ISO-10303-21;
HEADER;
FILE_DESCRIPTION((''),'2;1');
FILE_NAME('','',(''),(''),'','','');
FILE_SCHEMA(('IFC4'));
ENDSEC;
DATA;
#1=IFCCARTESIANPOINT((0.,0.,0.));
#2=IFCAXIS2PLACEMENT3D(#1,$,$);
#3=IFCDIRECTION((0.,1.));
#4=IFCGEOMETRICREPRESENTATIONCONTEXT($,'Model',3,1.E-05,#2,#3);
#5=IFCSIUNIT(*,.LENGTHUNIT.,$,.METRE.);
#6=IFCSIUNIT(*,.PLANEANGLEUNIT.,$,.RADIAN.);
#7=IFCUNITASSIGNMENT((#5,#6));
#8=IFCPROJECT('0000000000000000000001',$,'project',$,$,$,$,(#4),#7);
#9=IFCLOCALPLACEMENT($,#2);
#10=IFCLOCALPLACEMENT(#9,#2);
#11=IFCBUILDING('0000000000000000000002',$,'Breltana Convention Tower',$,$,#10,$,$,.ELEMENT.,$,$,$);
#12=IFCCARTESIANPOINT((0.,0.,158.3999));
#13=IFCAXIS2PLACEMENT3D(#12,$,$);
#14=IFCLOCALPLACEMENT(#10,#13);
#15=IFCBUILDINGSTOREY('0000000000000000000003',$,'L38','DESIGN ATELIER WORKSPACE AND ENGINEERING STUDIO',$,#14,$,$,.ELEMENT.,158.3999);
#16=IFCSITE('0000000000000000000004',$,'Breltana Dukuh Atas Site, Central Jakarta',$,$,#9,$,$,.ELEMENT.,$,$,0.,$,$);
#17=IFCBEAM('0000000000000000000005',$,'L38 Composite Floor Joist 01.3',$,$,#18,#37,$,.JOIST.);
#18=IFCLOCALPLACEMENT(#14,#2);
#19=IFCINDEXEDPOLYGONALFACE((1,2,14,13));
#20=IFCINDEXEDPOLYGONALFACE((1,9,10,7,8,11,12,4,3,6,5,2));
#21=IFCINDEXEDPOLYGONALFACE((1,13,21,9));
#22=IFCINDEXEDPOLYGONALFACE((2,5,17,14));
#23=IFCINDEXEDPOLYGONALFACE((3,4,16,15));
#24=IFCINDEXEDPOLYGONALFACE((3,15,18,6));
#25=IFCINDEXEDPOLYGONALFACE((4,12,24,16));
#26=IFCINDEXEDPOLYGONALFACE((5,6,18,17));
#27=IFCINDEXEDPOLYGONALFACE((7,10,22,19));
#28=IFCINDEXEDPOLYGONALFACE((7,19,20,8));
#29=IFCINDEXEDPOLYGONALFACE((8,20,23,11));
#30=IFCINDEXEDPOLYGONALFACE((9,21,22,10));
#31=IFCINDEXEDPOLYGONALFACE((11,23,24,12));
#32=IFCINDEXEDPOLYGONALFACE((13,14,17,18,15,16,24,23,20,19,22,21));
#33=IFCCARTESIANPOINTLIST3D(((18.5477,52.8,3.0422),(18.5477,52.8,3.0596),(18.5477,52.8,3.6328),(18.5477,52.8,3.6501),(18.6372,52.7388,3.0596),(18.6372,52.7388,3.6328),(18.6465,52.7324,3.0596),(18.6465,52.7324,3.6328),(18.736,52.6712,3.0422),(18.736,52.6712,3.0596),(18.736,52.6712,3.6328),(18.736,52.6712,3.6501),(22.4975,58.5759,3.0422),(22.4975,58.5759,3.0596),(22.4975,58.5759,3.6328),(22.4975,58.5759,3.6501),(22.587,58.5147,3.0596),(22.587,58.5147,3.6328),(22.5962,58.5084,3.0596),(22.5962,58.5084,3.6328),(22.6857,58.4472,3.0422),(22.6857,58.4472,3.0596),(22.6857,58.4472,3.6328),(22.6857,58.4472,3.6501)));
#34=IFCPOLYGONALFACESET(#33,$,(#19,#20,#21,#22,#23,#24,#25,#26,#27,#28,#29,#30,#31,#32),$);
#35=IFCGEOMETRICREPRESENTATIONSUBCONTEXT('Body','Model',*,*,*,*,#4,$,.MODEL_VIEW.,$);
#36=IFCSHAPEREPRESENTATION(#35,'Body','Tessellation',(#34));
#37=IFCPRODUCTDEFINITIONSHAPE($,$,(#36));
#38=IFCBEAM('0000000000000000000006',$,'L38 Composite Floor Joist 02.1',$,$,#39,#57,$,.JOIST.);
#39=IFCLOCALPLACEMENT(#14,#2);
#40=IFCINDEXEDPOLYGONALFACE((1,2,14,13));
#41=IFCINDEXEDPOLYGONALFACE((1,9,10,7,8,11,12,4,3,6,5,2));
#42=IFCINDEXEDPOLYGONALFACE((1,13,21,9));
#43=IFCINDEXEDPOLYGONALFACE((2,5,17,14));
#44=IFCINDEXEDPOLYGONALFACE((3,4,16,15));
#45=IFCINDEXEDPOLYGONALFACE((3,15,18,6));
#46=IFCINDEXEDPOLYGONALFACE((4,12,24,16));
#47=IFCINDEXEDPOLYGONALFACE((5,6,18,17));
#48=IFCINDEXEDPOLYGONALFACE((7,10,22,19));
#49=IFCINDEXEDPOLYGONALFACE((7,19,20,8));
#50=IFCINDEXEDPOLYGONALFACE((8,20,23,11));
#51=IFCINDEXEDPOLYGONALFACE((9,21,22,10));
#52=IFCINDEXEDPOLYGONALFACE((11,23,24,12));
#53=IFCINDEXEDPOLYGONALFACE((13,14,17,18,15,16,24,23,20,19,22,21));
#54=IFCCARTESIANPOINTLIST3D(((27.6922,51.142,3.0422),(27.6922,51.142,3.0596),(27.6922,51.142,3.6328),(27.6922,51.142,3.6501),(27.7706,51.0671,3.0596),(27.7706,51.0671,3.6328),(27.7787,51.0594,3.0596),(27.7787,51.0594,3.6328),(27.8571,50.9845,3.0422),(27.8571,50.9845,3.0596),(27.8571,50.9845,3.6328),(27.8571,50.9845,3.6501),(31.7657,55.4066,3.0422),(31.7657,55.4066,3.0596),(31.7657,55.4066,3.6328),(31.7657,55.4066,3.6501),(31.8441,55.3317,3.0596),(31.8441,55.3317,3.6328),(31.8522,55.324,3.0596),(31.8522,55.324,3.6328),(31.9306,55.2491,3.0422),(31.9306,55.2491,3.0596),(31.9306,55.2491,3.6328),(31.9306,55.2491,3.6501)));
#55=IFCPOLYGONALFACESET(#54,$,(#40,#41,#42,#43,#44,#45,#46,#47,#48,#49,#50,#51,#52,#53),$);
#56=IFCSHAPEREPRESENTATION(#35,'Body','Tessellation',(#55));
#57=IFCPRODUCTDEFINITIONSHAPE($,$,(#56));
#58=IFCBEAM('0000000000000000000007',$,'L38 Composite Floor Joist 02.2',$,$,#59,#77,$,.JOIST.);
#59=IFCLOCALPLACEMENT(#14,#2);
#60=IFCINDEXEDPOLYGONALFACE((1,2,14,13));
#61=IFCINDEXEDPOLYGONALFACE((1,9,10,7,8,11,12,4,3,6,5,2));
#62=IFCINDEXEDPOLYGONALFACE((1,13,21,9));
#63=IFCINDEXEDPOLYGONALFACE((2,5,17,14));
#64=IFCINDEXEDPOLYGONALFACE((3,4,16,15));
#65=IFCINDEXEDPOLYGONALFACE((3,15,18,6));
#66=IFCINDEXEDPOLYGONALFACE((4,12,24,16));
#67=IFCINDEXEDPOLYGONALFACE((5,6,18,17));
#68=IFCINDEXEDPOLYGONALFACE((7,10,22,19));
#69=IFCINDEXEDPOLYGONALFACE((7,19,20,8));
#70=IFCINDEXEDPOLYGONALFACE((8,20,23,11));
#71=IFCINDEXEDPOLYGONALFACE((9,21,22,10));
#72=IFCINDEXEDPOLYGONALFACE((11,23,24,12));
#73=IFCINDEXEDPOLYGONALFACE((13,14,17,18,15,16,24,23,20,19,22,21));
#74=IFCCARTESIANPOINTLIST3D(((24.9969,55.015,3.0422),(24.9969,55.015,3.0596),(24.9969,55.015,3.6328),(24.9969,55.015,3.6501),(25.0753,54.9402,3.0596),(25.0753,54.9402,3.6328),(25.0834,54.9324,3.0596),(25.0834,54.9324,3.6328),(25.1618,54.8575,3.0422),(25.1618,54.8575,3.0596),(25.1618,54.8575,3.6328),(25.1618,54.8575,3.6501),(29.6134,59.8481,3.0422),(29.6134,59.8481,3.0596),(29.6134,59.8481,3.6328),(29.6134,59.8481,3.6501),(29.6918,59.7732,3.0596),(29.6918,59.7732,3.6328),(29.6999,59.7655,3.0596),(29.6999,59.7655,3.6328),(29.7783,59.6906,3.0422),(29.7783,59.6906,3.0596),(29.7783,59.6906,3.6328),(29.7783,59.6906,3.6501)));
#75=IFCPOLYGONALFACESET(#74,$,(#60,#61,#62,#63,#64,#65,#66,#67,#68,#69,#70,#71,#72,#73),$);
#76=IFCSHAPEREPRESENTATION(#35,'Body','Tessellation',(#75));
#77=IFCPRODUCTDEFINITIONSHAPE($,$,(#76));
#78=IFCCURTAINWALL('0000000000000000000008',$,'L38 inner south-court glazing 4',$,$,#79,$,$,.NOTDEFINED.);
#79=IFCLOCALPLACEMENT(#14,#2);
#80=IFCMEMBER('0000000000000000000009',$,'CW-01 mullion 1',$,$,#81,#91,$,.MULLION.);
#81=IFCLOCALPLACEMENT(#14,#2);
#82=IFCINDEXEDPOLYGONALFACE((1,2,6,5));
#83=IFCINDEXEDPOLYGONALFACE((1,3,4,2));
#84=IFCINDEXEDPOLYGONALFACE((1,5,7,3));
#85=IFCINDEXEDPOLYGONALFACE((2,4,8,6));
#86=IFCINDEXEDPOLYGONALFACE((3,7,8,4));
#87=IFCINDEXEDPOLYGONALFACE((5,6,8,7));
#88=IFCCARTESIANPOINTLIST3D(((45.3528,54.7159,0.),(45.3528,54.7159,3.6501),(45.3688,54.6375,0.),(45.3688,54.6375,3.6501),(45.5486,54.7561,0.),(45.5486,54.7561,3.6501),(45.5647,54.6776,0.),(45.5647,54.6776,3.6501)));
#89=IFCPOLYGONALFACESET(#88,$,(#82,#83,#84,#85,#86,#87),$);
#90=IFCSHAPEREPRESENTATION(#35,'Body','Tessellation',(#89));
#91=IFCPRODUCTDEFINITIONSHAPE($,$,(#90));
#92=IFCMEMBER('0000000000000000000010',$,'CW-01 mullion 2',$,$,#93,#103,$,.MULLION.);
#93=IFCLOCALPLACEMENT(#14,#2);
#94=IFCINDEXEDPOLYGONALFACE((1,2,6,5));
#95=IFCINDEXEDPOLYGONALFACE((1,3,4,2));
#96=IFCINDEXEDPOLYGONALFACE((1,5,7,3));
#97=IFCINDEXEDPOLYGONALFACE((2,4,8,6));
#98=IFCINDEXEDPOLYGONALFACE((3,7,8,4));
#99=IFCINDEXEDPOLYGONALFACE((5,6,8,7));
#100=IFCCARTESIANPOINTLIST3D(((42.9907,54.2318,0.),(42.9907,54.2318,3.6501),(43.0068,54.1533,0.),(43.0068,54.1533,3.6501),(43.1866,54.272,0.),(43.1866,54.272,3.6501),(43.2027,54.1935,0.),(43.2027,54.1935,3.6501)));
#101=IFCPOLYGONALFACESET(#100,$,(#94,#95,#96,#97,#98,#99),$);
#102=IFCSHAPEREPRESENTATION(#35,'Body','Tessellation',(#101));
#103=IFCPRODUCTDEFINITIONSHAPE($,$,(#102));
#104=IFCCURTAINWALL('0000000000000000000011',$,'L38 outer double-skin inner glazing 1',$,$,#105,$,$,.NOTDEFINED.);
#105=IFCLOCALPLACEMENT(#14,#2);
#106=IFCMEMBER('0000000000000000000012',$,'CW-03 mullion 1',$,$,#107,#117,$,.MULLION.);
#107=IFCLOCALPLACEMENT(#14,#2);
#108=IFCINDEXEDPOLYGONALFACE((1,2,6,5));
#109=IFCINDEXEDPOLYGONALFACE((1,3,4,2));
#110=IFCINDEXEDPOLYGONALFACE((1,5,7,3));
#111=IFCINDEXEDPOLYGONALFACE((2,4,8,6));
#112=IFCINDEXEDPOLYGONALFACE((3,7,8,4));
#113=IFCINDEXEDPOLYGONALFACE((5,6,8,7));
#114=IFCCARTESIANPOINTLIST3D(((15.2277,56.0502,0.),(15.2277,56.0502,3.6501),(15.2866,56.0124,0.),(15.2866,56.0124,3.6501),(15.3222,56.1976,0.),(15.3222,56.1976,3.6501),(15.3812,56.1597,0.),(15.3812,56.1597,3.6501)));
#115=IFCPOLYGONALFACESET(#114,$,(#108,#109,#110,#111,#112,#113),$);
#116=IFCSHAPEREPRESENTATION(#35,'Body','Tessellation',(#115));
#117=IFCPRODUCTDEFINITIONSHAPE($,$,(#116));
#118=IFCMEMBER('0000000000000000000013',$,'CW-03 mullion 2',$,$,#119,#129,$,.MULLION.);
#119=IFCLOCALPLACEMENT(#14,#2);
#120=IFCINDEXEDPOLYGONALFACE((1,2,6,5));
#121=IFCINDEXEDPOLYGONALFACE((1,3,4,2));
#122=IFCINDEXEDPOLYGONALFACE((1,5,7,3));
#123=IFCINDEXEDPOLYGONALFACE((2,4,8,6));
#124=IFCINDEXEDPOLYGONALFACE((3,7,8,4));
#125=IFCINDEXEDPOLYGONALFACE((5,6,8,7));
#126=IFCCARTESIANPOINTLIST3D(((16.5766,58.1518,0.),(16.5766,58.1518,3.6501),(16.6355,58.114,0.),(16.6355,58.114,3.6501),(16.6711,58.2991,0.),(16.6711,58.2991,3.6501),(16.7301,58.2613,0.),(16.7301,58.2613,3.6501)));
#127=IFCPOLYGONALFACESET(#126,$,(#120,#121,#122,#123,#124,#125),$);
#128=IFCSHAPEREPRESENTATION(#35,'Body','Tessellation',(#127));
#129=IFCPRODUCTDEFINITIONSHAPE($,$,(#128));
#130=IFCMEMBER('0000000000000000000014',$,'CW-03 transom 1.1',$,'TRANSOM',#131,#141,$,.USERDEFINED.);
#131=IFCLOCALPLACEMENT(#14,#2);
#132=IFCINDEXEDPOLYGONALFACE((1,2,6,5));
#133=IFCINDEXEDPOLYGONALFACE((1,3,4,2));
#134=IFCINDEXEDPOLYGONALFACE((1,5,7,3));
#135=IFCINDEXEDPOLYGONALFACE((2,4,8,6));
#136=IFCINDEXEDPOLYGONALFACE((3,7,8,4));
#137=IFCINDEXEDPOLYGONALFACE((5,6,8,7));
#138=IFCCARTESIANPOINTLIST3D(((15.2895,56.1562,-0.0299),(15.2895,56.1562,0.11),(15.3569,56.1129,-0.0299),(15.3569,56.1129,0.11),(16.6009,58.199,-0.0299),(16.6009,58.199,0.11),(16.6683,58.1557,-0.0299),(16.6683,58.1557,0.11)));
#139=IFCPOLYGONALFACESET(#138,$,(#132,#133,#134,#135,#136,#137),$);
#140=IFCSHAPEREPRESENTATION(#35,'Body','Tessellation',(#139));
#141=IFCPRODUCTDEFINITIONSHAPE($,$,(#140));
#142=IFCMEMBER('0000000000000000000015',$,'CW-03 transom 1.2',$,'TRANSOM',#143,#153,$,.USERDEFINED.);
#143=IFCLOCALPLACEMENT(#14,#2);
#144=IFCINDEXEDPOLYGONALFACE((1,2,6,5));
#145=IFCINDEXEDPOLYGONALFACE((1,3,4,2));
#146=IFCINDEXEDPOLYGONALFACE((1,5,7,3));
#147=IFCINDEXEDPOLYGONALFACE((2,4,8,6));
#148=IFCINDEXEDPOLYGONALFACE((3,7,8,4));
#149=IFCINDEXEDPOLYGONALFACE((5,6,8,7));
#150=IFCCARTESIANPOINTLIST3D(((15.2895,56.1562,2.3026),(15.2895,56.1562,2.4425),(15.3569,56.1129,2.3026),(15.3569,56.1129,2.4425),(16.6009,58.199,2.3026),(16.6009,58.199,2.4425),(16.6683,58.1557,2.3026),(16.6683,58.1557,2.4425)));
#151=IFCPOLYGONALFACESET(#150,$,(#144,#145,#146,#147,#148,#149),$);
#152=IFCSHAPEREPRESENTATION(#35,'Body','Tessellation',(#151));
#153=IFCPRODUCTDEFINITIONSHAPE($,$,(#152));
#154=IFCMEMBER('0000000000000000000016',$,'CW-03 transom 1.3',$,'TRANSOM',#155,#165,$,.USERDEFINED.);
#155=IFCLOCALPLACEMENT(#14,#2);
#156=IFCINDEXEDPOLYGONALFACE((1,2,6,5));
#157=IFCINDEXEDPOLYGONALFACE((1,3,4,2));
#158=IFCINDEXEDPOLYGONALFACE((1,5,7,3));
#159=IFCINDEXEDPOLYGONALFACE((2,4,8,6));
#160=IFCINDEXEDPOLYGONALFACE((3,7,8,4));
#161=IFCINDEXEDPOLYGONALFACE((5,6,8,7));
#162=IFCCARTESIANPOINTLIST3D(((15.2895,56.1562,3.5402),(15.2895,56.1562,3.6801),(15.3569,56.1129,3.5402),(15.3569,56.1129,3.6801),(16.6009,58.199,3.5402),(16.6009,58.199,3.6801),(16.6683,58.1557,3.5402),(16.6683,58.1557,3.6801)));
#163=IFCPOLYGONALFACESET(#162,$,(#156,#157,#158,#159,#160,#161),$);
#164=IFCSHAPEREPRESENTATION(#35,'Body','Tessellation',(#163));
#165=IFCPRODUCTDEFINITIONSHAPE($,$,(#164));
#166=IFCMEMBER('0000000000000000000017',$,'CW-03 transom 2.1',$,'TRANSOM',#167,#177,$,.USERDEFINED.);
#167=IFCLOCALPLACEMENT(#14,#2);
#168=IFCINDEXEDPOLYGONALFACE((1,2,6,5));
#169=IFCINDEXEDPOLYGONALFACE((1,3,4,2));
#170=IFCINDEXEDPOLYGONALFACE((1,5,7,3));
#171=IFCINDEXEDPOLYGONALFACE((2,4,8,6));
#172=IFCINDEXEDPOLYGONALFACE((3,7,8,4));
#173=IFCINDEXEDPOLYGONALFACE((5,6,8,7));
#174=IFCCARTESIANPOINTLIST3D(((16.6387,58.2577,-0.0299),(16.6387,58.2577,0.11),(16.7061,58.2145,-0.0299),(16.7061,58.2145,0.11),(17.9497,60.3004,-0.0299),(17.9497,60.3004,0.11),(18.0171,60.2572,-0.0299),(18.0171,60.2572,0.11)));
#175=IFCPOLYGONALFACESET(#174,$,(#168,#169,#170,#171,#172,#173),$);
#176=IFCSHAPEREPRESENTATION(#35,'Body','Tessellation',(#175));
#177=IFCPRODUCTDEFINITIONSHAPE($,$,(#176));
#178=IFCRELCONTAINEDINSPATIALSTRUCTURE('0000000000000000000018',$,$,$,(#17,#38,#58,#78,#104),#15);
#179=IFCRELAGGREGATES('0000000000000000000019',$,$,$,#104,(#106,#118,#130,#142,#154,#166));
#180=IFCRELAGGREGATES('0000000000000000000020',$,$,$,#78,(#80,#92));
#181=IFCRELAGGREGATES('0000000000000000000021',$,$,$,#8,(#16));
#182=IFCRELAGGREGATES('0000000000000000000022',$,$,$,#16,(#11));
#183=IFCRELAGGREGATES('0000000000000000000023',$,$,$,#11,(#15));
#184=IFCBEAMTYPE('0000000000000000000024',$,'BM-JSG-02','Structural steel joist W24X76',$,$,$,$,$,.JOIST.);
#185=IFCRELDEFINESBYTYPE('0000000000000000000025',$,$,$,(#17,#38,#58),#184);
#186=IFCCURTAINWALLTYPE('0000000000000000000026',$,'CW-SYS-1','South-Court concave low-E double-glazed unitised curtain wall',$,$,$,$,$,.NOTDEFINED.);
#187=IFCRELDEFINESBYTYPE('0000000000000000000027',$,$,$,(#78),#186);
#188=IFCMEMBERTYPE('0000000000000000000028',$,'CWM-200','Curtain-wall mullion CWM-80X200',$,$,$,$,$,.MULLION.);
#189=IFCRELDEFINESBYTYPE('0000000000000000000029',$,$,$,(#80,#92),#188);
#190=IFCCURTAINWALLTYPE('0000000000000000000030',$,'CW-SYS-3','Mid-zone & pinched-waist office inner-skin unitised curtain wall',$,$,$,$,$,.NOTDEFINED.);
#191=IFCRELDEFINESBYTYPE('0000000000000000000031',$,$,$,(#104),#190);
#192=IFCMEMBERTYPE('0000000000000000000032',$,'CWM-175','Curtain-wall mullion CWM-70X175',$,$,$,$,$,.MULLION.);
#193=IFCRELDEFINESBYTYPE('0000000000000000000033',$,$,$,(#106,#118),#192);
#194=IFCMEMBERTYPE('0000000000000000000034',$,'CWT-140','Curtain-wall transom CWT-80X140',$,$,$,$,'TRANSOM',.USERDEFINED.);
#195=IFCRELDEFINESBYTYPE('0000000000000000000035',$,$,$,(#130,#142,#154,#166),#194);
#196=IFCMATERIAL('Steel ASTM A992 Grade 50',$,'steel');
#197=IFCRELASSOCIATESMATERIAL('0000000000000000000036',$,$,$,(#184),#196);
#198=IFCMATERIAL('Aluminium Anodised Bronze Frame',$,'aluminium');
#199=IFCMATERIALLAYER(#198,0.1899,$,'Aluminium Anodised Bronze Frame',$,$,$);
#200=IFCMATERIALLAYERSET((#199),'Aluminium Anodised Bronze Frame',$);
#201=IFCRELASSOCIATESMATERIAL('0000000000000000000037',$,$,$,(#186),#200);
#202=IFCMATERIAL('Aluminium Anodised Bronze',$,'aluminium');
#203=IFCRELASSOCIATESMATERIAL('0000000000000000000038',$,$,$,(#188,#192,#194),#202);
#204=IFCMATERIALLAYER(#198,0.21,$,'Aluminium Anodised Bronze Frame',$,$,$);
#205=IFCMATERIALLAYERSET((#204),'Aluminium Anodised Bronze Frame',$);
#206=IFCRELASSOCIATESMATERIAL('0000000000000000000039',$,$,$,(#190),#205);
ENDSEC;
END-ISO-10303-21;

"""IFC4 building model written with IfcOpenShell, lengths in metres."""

from ifc_helpers import new_model, si_unit, direction, frame, origin, origin_2d, place, context, subcontext, project, spatial, rectangle, i_section, extrude, source, transform, mapped, material, layer, layer_set, material_profile, profile_set, type_object, element, aggregate, save


model = new_model("IFC4")

# Units and contexts
model_context = context("Model", 3, precision=1e-05, world=origin(), true_north=direction((0.0, 1.0)))
body_context = subcontext(model_context, "Body", "Model", "MODEL_VIEW")
ifc_project = project(units=[si_unit("LENGTHUNIT", "METRE"), si_unit("PLANEANGLEUNIT", "RADIAN")], contexts=[model_context])

# Site, building, storey
site_placement = place(None, origin())
site = spatial("IfcSite", under=ifc_project, at=site_placement, Name="Breltana Dukuh Atas Site, Central Jakarta", CompositionType="ELEMENT", RefElevation=0.0)
building_placement = place(site_placement, origin())
building = spatial("IfcBuilding", under=site, at=building_placement, Name="Breltana Convention Tower", CompositionType="ELEMENT")
storey_placement = place(building_placement, frame((0.0, 0.0, 158.3999)))
storey = spatial("IfcBuildingStorey", under=building, at=storey_placement, Name="L38", Description="DESIGN ATELIER WORKSPACE AND ENGINEERING STUDIO", CompositionType="ELEMENT", Elevation=158.3999)

# Beams
ifc_material_1 = material(Name="Steel ASTM A992 Grade 50", Category="steel")
ifc_material_profile_1 = material_profile(ifc_material_1, i_section(OverallWidth=0.228, OverallDepth=0.6079, WebThickness=0.0112, FlangeThickness=0.0173, at=origin_2d()), Name="W24X76")
ifc_profile_set_1 = profile_set([ifc_material_profile_1], Name="Steel ASTM A992 Grade 50")
beam_type_1 = type_object("IfcBeamType", Name="BM-JSG-02", Description="Structural steel joist W24X76", PredefinedType="JOIST", material=ifc_profile_set_1)
shared_shape_1 = source(origin(), body_context, "Body", "SweptSolid", [
    extrude(i_section(OverallWidth=0.228, OverallDepth=0.6079, WebThickness=0.0112, FlangeThickness=0.0173, at=origin_2d()), origin(), (0.0, 0.0, 1.0), 6.9973),
])
beam_1_placement = place(storey_placement, frame((18.6418, 52.7356, 3.3462), z_axis=(0.564469, 0.825454, 0.0), x_axis=(-0.825454, 0.564469, 0.0)))
element("IfcBeam", 1, at=beam_1_placement, inside=storey, type_object=beam_type_1, Name="L38 Composite Floor Joist 01.3", PredefinedType="JOIST", context=body_context, shape_type="MappedRepresentation", body=[
    mapped(shared_shape_1, transform((0.0, 0.0, 0.0), scale=1.0)),
])
shared_shape_2 = source(origin(), body_context, "Body", "SweptSolid", [
    extrude(i_section(OverallWidth=0.228, OverallDepth=0.6079, WebThickness=0.0112, FlangeThickness=0.0173, at=origin_2d()), origin(), (0.0, 0.0, 1.0), 5.8975),
])
beam_2_placement = place(storey_placement, frame((27.7747, 51.0632, 3.3462), z_axis=(0.690714, 0.723128, 0.0), x_axis=(-0.723128, 0.690714, 0.0)))
element("IfcBeam", 2, at=beam_2_placement, inside=storey, type_object=beam_type_1, Name="L38 Composite Floor Joist 02.1", PredefinedType="JOIST", context=body_context, shape_type="MappedRepresentation", body=[
    mapped(shared_shape_2, transform((0.0, 0.0, 0.0), scale=1.0)),
])
shared_shape_3 = source(origin(), body_context, "Body", "SweptSolid", [
    extrude(i_section(OverallWidth=0.228, OverallDepth=0.6079, WebThickness=0.0112, FlangeThickness=0.0173, at=origin_2d()), origin(), (0.0, 0.0, 1.0), 6.6836),
])
beam_3_placement = place(storey_placement, frame((25.0793, 54.9363, 3.3462), z_axis=(0.690721, 0.723122, 0.0), x_axis=(-0.723122, 0.690721, 0.0)))
element("IfcBeam", 3, at=beam_3_placement, inside=storey, type_object=beam_type_1, Name="L38 Composite Floor Joist 02.2", PredefinedType="JOIST", context=body_context, shape_type="MappedRepresentation", body=[
    mapped(shared_shape_3, transform((0.0, 0.0, 0.0), scale=1.0)),
])

# Curtain walls, members
ifc_material_2 = material(Name="Aluminium Anodised Bronze Frame", Category="aluminium")
ifc_layer_1 = layer(ifc_material_2, 0.1899, Name="Aluminium Anodised Bronze Frame")
ifc_layer_set_1 = layer_set([ifc_layer_1], Name="Aluminium Anodised Bronze Frame")
curtain_wall_type_1 = type_object("IfcCurtainWallType", Name="CW-SYS-1", Description="South-Court concave low-E double-glazed unitised curtain wall", PredefinedType="NOTDEFINED", material=ifc_layer_set_1)
curtain_wall_1_placement = place(storey_placement, origin())
curtain_wall_1 = element("IfcCurtainWall", 4, at=curtain_wall_1_placement, inside=storey, type_object=curtain_wall_type_1, Name="L38 inner south-court glazing 4", PredefinedType="NOTDEFINED")
ifc_material_3 = material(Name="Aluminium Anodised Bronze", Category="aluminium")
ifc_material_profile_2 = material_profile(ifc_material_3, rectangle(XDim=0.0801, YDim=0.2, at=origin_2d()), Name="CWM-80X200")
ifc_profile_set_2 = profile_set([ifc_material_profile_2], Name="Aluminium Anodised Bronze")
member_type_1 = type_object("IfcMemberType", Name="CWM-200", Description="Curtain-wall mullion CWM-80X200", PredefinedType="MULLION", material=ifc_profile_set_2)
shared_shape_4 = source(origin(), body_context, "Body", "SweptSolid", [
    extrude(rectangle(XDim=0.0801, YDim=0.2, at=origin_2d()), origin(), (0.0, 0.0, 1.0), 3.6501),
])
member_1_placement = place(storey_placement, frame((45.4587, 54.6968, 0.0), z_axis=(0.0, 0.0, 1.0), x_axis=(0.200861, -0.97962, 0.0)))
member_1 = element("IfcMember", 5, at=member_1_placement, type_object=member_type_1, Name="CW-01 mullion 1", PredefinedType="MULLION", context=body_context, shape_type="MappedRepresentation", body=[
    mapped(shared_shape_4, transform((0.0, 0.0, 0.0), scale=1.0)),
])
member_2_placement = place(storey_placement, frame((43.0967, 54.2126, 0.0), z_axis=(0.0, 0.0, 1.0), x_axis=(0.200861, -0.97962, 0.0)))
member_2 = element("IfcMember", 6, at=member_2_placement, type_object=member_type_1, Name="CW-01 mullion 2", PredefinedType="MULLION", context=body_context, shape_type="MappedRepresentation", body=[
    mapped(shared_shape_4, transform((0.0, 0.0, 0.0), scale=1.0)),
])
ifc_layer_2 = layer(ifc_material_2, 0.21, Name="Aluminium Anodised Bronze Frame")
ifc_layer_set_2 = layer_set([ifc_layer_2], Name="Aluminium Anodised Bronze Frame")
curtain_wall_type_2 = type_object("IfcCurtainWallType", Name="CW-SYS-3", Description="Mid-zone & pinched-waist office inner-skin unitised curtain wall", PredefinedType="NOTDEFINED", material=ifc_layer_set_2)
curtain_wall_2_placement = place(storey_placement, origin())
curtain_wall_2 = element("IfcCurtainWall", 7, at=curtain_wall_2_placement, inside=storey, type_object=curtain_wall_type_2, Name="L38 outer double-skin inner glazing 1", PredefinedType="NOTDEFINED")
ifc_material_profile_3 = material_profile(ifc_material_3, rectangle(XDim=0.0701, YDim=0.175, at=origin_2d()), Name="CWM-70X175")
ifc_profile_set_3 = profile_set([ifc_material_profile_3], Name="Aluminium Anodised Bronze")
member_type_2 = type_object("IfcMemberType", Name="CWM-175", Description="Curtain-wall mullion CWM-70X175", PredefinedType="MULLION", material=ifc_profile_set_3)
shared_shape_5 = source(origin(), body_context, "Body", "SweptSolid", [
    extrude(rectangle(XDim=0.0701, YDim=0.175, at=origin_2d()), origin(), (0.0, 0.0, 1.0), 3.6501),
])
member_3_placement = place(storey_placement, frame((15.3044, 56.105, 0.0), z_axis=(0.0, 0.0, 1.0), x_axis=(-0.841554, 0.540173, 0.0)))
member_3 = element("IfcMember", 8, at=member_3_placement, type_object=member_type_2, Name="CW-03 mullion 1", PredefinedType="MULLION", context=body_context, shape_type="MappedRepresentation", body=[
    mapped(shared_shape_5, transform((0.0, 0.0, 0.0), scale=1.0)),
])
member_4_placement = place(storey_placement, frame((16.6533, 58.2065, 0.0), z_axis=(0.0, 0.0, 1.0), x_axis=(-0.841554, 0.540173, 0.0)))
member_4 = element("IfcMember", 9, at=member_4_placement, type_object=member_type_2, Name="CW-03 mullion 2", PredefinedType="MULLION", context=body_context, shape_type="MappedRepresentation", body=[
    mapped(shared_shape_5, transform((0.0, 0.0, 0.0), scale=1.0)),
])
ifc_material_profile_4 = material_profile(ifc_material_3, rectangle(XDim=0.0801, YDim=0.1399, at=origin_2d()), Name="CWT-80X140")
ifc_profile_set_4 = profile_set([ifc_material_profile_4], Name="Aluminium Anodised Bronze")
member_type_3 = type_object("IfcMemberType", Name="CWT-140", Description="Curtain-wall transom CWT-80X140", ElementType="TRANSOM", PredefinedType="USERDEFINED", material=ifc_profile_set_4)
shared_shape_6 = source(origin(), body_context, "Body", "SweptSolid", [
    extrude(rectangle(XDim=0.0801, YDim=0.1399, at=origin_2d()), origin(), (0.0, 0.0, 1.0), 2.4275),
])
member_5_placement = place(storey_placement, frame((15.3232, 56.1345, 0.04), z_axis=(0.540203, 0.841534, 0.0), x_axis=(-0.841534, 0.540203, 0.0)))
member_5 = element("IfcMember", 10, at=member_5_placement, type_object=member_type_3, Name="CW-03 transom 1.1", ObjectType="TRANSOM", PredefinedType="USERDEFINED", context=body_context, shape_type="MappedRepresentation", body=[
    mapped(shared_shape_6, transform((0.0, 0.0, 0.0), scale=1.0)),
])
member_6_placement = place(storey_placement, frame((15.3232, 56.1345, 2.3726), z_axis=(0.540203, 0.841534, 0.0), x_axis=(-0.841534, 0.540203, 0.0)))
member_6 = element("IfcMember", 11, at=member_6_placement, type_object=member_type_3, Name="CW-03 transom 1.2", ObjectType="TRANSOM", PredefinedType="USERDEFINED", context=body_context, shape_type="MappedRepresentation", body=[
    mapped(shared_shape_6, transform((0.0, 0.0, 0.0), scale=1.0)),
])
member_7_placement = place(storey_placement, frame((15.3232, 56.1345, 3.6101), z_axis=(0.540203, 0.841534, 0.0), x_axis=(-0.841534, 0.540203, 0.0)))
member_7 = element("IfcMember", 12, at=member_7_placement, type_object=member_type_3, Name="CW-03 transom 1.3", ObjectType="TRANSOM", PredefinedType="USERDEFINED", context=body_context, shape_type="MappedRepresentation", body=[
    mapped(shared_shape_6, transform((0.0, 0.0, 0.0), scale=1.0)),
])
shared_shape_7 = source(origin(), body_context, "Body", "SweptSolid", [
    extrude(rectangle(XDim=0.0801, YDim=0.1399, at=origin_2d()), origin(), (0.0, 0.0, 1.0), 2.4272),
])
member_8_placement = place(storey_placement, frame((16.6724, 58.2361, 0.04), z_axis=(0.540132, 0.84158, 0.0), x_axis=(-0.84158, 0.540132, 0.0)))
member_8 = element("IfcMember", 13, at=member_8_placement, type_object=member_type_3, Name="CW-03 transom 2.1", ObjectType="TRANSOM", PredefinedType="USERDEFINED", context=body_context, shape_type="MappedRepresentation", body=[
    mapped(shared_shape_7, transform((0.0, 0.0, 0.0), scale=1.0)),
])

aggregate(curtain_wall_2, [member_3, member_4, member_5, member_6, member_7, member_8])
aggregate(curtain_wall_1, [member_1, member_2])

save(model, "model.ifc")
